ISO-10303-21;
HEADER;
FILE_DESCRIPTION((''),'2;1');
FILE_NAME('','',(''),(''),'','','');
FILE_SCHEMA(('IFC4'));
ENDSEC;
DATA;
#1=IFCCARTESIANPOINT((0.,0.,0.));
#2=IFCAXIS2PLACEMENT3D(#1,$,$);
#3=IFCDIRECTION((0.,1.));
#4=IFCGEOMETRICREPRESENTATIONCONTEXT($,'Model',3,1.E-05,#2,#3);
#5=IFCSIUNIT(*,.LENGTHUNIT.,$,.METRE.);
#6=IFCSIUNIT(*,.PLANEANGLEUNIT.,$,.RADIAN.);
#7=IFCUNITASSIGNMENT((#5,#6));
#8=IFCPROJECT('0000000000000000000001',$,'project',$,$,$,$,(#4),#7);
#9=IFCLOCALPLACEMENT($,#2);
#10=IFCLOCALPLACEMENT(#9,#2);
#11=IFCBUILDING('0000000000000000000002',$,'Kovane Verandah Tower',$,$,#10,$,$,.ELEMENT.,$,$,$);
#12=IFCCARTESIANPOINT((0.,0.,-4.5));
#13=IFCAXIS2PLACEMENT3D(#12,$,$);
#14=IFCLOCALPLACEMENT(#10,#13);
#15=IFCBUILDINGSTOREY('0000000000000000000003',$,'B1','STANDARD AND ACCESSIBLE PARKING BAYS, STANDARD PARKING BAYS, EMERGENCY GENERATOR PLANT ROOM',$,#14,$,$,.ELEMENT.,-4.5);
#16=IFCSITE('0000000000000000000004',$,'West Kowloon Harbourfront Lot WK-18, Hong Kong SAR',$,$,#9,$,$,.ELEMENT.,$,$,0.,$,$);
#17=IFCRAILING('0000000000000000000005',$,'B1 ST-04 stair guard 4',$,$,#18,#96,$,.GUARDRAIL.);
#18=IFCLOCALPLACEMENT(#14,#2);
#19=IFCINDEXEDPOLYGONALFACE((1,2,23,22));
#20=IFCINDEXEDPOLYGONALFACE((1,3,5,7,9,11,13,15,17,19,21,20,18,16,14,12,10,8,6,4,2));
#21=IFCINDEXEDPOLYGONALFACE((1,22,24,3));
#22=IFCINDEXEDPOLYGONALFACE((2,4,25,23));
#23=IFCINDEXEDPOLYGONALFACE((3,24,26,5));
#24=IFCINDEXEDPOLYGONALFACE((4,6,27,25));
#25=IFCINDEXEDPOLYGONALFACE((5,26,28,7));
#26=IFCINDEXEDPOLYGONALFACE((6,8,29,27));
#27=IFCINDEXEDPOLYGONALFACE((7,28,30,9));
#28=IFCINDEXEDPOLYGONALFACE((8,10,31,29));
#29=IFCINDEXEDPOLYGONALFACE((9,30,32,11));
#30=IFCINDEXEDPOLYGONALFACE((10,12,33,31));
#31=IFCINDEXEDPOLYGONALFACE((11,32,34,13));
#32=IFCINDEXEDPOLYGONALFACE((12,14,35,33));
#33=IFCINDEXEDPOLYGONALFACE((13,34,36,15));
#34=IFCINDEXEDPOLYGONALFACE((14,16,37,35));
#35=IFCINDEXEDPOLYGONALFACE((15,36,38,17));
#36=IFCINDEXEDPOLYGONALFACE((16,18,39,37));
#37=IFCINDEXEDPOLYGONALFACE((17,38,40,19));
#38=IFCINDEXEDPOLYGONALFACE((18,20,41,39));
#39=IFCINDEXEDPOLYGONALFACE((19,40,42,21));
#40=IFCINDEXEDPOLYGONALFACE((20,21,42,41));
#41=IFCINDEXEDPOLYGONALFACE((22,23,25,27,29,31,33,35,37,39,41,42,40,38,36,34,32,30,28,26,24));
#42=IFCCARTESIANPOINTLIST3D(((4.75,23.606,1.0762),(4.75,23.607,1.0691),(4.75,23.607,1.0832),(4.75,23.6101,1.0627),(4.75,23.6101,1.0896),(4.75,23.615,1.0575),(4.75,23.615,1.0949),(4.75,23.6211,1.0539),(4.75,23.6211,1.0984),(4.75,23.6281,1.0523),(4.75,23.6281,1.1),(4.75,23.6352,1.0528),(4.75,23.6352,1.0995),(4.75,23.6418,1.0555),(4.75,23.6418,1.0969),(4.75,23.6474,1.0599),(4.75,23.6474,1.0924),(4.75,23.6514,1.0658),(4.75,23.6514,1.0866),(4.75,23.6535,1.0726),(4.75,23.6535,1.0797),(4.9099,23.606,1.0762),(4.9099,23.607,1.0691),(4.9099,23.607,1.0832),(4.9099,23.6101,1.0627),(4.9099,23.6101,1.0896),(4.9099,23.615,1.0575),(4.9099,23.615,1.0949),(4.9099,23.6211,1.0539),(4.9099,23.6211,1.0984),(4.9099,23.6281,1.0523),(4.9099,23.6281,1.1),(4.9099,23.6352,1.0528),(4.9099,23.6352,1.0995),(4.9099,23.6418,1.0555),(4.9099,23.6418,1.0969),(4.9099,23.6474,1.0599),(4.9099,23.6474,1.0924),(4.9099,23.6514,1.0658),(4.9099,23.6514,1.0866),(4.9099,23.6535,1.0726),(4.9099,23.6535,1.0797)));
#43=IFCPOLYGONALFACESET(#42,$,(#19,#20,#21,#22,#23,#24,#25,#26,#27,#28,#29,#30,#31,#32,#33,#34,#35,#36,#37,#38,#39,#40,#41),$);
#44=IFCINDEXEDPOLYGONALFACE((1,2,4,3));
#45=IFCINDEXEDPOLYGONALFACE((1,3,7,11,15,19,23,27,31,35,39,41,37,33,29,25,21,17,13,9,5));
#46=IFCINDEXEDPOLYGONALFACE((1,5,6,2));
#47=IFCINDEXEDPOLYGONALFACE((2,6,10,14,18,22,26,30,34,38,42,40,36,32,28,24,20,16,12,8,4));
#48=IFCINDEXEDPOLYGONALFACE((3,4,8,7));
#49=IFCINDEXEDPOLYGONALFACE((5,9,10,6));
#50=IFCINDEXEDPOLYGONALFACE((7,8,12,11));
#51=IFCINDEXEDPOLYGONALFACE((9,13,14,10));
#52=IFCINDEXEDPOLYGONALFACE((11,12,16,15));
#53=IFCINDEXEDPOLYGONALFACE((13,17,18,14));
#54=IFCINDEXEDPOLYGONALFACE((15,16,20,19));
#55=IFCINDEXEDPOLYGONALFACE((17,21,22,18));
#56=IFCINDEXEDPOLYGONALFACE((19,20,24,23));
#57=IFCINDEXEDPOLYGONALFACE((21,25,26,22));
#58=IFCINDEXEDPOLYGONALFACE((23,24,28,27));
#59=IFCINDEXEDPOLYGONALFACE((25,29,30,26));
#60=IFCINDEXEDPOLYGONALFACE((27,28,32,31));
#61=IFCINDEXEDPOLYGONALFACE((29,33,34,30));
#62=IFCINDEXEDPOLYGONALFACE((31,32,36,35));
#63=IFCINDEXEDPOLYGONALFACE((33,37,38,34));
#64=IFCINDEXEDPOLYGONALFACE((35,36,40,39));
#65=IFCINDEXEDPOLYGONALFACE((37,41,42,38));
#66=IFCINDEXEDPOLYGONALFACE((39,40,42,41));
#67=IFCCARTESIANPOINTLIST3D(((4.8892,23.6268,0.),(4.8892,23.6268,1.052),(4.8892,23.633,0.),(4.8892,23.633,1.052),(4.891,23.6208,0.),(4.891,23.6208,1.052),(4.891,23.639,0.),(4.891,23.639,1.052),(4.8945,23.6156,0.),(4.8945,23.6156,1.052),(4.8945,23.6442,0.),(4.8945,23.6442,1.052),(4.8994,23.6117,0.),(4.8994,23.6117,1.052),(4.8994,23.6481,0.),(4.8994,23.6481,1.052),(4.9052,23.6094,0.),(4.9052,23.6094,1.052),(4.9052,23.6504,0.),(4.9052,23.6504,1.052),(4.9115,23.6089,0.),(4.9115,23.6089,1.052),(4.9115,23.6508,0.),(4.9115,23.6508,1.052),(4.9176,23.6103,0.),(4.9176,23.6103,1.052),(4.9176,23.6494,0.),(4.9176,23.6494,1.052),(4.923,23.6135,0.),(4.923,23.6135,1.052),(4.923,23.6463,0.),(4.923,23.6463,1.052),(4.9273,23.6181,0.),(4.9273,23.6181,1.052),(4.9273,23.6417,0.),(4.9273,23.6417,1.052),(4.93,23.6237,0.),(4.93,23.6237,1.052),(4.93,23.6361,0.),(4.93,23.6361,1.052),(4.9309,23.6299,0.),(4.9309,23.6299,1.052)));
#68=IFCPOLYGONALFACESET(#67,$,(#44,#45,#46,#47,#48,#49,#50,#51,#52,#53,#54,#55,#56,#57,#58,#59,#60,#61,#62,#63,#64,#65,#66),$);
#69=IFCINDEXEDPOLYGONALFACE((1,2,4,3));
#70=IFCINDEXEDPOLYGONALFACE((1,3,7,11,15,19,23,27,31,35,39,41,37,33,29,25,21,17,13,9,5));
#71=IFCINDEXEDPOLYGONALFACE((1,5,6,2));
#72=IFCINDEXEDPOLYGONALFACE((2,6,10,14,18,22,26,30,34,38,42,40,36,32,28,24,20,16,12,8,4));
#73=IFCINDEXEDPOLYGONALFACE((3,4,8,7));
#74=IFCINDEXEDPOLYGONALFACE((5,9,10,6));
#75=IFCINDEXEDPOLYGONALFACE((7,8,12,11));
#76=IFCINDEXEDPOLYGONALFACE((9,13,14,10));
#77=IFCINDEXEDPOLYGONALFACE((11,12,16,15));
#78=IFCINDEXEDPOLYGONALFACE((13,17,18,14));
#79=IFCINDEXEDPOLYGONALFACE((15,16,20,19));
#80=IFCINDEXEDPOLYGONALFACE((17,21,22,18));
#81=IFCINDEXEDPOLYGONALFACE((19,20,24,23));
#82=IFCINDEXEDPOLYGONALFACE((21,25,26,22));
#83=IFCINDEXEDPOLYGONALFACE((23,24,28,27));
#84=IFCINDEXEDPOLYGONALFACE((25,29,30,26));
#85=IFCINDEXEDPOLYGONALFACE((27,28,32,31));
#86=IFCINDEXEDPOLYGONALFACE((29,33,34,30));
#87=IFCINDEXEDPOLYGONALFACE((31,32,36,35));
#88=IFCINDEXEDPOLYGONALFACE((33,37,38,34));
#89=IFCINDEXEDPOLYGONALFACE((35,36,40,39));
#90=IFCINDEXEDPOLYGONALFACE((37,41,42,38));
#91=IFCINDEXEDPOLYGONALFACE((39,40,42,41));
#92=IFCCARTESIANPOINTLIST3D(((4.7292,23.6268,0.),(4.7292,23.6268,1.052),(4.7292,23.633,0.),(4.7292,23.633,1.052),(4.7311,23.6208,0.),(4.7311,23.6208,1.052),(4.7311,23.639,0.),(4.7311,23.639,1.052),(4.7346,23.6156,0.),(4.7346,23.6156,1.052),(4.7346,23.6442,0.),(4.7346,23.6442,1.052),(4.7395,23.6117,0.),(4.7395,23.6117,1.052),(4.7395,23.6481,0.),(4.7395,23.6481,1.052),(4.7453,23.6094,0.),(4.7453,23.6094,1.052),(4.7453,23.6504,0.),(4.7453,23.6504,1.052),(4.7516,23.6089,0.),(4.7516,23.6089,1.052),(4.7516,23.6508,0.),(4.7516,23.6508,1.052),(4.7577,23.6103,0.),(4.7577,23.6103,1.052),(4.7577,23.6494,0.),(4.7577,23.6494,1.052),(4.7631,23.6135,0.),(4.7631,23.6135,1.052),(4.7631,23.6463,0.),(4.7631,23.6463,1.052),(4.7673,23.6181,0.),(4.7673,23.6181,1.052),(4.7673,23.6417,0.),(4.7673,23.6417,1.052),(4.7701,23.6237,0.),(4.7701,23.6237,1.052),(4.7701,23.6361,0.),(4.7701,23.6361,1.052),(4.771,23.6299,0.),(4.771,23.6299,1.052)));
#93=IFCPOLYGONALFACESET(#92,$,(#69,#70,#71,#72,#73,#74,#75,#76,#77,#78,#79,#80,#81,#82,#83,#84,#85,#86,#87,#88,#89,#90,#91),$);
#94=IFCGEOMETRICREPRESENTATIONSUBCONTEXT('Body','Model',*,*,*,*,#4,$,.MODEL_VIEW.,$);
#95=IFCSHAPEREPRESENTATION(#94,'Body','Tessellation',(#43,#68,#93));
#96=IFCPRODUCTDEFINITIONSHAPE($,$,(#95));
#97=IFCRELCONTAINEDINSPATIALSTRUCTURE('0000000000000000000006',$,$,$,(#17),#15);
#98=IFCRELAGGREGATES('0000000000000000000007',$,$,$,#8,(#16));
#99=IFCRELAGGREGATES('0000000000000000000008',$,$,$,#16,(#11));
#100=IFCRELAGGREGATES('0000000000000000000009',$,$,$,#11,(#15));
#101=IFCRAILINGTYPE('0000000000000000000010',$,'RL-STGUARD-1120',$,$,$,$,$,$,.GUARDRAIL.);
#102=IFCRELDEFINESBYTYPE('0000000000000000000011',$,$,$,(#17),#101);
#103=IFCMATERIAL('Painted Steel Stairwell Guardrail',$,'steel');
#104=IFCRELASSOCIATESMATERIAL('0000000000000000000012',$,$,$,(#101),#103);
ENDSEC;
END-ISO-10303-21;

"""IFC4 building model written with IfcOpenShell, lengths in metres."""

from ifc_helpers import new_model, si_unit, direction, frame, origin, origin_2d, place, context, subcontext, project, spatial, circle, extrude, material, type_object, element, save


model = new_model("IFC4")

# Units and contexts
model_context = context("Model", 3, precision=1e-05, world=origin(), true_north=direction((0.0, 1.0)))
body_context = subcontext(model_context, "Body", "Model", "MODEL_VIEW")
ifc_project = project(units=[si_unit("LENGTHUNIT", "METRE"), si_unit("PLANEANGLEUNIT", "RADIAN")], contexts=[model_context])

# Site, building, storey
site_placement = place(None, origin())
site = spatial("IfcSite", under=ifc_project, at=site_placement, Name="West Kowloon Harbourfront Lot WK-18, Hong Kong SAR", CompositionType="ELEMENT", RefElevation=0.0)
building_placement = place(site_placement, origin())
building = spatial("IfcBuilding", under=site, at=building_placement, Name="Kovane Verandah Tower", CompositionType="ELEMENT")
storey_placement = place(building_placement, frame((0.0, 0.0, -4.5)))
storey = spatial("IfcBuildingStorey", under=building, at=storey_placement, Name="B1", Description="STANDARD AND ACCESSIBLE PARKING BAYS, STANDARD PARKING BAYS, EMERGENCY GENERATOR PLANT ROOM", CompositionType="ELEMENT", Elevation=-4.5)

# Railing
ifc_material_1 = material(Name="Painted Steel Stairwell Guardrail", Category="steel")
railing_type_1 = type_object("IfcRailingType", Name="RL-STGUARD-1120", PredefinedType="GUARDRAIL", material=ifc_material_1)
railing_1_placement = place(storey_placement, frame((4.9099, 23.6299, 0.0)))
element("IfcRailing", 1, at=railing_1_placement, inside=storey, type_object=railing_type_1, Name="B1 ST-04 stair guard 4", PredefinedType="GUARDRAIL", context=body_context, shape_type="SweptSolid", body=[
    extrude(circle(Radius=0.0239, at=origin_2d()), frame((0.0, 0.0, 1.0762), z_axis=(-1.0, 0.0, 0.0), x_axis=(0.0, -1.0, 0.0)), (0.0, 0.0, 1.0), 0.1599),
    extrude(circle(Radius=0.021, at=origin_2d()), origin(), (0.0, 0.0, 1.0), 1.052),
    extrude(circle(Radius=0.021, at=origin_2d()), frame((-0.1599, 0.0, 0.0)), (0.0, 0.0, 1.0), 1.052),
])

save(model, "model.ifc")
